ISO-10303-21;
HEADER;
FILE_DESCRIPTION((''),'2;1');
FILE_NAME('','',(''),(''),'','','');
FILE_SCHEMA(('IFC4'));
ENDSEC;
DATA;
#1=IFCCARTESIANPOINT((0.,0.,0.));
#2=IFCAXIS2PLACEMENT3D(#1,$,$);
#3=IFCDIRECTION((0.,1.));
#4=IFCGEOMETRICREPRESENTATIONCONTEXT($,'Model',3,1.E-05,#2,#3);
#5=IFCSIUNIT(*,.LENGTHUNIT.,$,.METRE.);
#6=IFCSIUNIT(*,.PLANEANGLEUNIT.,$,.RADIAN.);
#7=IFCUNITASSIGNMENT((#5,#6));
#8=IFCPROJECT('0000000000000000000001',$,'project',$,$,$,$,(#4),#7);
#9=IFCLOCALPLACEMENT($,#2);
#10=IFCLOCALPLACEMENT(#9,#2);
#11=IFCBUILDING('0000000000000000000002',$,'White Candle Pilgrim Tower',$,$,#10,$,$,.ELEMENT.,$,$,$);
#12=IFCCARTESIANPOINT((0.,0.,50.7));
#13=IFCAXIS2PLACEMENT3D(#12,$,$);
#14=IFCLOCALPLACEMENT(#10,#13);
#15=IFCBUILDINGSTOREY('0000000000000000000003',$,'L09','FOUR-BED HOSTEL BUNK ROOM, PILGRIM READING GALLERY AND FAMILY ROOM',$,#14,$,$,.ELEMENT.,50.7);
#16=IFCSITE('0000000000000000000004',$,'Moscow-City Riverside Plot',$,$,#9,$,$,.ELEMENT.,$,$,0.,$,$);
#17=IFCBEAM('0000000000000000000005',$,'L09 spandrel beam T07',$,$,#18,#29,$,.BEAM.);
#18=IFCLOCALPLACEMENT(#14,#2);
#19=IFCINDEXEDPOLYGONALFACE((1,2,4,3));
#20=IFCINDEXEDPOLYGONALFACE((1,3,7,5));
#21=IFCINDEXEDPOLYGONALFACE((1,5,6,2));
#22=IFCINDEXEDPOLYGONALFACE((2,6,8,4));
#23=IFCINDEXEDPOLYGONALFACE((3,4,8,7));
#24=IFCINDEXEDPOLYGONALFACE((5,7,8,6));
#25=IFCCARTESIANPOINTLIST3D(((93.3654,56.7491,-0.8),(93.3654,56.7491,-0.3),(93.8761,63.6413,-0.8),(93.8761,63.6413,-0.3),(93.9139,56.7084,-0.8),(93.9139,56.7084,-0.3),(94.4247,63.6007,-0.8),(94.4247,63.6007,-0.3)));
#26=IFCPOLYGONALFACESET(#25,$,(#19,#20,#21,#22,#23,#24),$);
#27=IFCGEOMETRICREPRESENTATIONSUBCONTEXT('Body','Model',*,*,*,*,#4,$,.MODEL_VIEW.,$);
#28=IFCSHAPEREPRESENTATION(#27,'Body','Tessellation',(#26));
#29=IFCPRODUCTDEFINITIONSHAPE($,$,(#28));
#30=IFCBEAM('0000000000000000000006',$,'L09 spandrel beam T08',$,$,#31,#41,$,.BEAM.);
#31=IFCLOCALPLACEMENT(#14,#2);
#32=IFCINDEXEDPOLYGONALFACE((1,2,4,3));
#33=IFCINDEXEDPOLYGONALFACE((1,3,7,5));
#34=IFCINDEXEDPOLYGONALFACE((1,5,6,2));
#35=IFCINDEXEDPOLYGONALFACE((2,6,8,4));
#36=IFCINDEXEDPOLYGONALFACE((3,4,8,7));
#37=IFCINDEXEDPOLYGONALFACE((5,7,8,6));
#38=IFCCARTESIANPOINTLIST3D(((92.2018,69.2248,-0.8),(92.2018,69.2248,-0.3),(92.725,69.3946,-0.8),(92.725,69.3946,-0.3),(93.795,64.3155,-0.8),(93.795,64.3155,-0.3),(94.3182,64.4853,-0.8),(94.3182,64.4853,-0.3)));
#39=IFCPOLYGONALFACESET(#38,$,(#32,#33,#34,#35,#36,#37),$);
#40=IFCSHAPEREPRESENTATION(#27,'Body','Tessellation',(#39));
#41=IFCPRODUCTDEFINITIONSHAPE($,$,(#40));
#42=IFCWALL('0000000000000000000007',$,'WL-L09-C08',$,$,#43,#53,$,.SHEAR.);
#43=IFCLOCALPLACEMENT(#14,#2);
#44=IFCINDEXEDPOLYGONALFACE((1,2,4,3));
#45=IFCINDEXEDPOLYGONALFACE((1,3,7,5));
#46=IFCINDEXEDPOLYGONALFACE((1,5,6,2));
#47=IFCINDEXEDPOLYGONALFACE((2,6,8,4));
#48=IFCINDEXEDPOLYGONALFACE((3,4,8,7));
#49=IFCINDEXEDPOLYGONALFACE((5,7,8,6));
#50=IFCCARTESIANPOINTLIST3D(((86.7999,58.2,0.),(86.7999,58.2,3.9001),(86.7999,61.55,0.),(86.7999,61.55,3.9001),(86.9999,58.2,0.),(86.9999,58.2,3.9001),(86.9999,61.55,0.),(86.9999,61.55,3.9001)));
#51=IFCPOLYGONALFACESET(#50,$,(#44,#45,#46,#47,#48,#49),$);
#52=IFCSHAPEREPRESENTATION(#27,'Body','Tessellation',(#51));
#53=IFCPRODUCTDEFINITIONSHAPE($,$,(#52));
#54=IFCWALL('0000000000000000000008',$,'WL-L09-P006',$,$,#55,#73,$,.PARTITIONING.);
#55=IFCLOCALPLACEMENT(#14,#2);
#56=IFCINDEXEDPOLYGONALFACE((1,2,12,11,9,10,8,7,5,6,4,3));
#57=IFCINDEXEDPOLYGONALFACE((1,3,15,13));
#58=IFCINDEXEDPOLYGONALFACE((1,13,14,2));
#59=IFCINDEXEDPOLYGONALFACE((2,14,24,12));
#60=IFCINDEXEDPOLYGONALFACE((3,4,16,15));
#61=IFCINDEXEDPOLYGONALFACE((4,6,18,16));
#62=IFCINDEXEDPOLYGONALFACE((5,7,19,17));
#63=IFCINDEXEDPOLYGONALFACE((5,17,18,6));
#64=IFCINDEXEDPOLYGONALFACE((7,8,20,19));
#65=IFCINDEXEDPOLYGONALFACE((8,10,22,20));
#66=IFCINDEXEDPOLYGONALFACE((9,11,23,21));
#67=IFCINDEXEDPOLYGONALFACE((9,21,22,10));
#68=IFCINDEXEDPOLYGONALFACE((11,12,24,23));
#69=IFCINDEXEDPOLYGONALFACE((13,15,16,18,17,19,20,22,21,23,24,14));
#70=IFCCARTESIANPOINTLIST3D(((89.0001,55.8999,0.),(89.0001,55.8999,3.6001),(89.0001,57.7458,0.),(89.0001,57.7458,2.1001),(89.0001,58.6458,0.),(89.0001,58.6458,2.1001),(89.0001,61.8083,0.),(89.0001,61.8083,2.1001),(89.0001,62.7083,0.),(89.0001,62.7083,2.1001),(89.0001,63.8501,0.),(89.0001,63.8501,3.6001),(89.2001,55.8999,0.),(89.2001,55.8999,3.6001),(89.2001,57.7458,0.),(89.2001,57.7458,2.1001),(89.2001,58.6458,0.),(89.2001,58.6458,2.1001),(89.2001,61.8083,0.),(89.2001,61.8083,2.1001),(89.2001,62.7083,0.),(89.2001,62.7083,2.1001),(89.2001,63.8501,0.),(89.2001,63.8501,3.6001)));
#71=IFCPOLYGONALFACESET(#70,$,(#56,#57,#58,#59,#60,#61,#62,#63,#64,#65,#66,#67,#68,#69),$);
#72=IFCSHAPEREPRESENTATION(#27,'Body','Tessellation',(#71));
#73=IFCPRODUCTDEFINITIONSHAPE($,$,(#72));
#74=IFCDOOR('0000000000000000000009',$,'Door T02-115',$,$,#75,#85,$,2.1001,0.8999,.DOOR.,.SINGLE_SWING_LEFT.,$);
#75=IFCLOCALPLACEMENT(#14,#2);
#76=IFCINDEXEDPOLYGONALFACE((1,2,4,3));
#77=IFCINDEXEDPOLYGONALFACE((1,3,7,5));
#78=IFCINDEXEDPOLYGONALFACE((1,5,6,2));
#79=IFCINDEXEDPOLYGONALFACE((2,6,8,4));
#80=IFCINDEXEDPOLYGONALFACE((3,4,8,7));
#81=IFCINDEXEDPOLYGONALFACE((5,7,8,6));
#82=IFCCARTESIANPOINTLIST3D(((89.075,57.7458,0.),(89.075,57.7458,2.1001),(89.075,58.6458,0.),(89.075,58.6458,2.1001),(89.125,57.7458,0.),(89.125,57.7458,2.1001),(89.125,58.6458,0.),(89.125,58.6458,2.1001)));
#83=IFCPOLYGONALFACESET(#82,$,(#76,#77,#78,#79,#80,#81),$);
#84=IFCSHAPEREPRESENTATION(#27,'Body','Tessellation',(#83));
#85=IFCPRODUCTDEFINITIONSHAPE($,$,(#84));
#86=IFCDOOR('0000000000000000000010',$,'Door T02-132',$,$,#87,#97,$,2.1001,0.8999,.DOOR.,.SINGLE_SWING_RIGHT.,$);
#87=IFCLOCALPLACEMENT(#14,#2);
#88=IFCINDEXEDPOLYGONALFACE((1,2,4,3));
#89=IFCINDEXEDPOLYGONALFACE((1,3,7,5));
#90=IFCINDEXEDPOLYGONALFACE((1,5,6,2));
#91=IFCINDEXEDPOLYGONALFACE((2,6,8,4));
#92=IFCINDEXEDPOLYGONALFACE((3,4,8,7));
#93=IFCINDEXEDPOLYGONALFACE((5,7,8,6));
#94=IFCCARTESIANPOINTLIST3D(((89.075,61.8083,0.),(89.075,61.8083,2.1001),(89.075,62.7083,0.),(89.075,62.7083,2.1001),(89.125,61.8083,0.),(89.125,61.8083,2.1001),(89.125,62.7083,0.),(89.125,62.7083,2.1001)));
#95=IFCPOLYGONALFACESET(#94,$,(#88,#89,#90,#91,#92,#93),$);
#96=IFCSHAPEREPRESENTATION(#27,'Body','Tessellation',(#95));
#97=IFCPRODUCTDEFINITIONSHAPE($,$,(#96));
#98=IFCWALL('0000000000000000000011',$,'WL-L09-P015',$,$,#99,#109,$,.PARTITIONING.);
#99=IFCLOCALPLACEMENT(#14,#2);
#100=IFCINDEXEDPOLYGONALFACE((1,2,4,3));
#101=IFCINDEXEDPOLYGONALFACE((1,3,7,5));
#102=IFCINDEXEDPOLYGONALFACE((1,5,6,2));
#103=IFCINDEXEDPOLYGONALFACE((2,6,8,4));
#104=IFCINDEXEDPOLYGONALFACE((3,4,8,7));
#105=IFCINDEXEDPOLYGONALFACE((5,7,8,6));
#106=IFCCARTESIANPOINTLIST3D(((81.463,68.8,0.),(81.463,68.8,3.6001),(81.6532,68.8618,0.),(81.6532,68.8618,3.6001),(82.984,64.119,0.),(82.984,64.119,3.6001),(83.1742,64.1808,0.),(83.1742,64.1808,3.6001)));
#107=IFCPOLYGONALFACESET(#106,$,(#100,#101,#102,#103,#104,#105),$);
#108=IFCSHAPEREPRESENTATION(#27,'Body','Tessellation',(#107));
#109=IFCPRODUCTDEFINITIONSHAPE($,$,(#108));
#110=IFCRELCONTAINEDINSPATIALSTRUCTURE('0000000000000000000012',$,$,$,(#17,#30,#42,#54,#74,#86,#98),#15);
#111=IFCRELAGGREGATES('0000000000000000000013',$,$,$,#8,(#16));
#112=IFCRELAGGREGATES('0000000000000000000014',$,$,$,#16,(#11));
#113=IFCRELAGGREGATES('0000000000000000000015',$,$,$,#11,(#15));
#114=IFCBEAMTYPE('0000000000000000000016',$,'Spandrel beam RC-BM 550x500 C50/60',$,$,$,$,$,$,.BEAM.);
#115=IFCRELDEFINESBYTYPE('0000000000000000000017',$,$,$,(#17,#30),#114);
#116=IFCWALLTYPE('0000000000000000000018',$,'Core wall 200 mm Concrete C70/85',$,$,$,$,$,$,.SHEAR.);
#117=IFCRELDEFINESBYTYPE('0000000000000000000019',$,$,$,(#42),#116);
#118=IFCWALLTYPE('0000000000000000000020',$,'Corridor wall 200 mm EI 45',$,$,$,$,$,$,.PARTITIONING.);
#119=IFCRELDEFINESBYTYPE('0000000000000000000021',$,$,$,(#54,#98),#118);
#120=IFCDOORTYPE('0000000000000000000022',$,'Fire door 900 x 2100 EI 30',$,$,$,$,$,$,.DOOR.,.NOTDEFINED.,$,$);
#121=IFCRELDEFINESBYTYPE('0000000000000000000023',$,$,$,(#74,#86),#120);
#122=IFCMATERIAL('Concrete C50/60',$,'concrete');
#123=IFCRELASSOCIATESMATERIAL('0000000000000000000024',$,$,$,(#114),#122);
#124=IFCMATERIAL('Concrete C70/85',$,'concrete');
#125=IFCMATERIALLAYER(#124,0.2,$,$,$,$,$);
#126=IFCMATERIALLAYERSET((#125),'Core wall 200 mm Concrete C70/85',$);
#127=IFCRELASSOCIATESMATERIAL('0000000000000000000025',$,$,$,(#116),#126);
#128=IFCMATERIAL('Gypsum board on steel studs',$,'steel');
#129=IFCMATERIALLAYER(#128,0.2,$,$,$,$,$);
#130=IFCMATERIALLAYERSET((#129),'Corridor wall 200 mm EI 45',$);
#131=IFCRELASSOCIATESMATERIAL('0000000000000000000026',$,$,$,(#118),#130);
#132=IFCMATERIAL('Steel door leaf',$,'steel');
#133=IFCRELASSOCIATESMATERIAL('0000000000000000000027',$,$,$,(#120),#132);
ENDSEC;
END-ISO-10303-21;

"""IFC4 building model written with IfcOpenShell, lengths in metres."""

from ifc_helpers import new_model, si_unit, direction, frame, frame_2d, origin, origin_2d, place, context, subcontext, project, spatial, rectangle, extrude, material, layer, layer_set, material_profile, profile_set, type_object, element, fill, save


model = new_model("IFC4")

# Units and contexts
model_context = context("Model", 3, precision=1e-05, world=origin(), true_north=direction((0.0, 1.0)))
body_context = subcontext(model_context, "Body", "Model", "MODEL_VIEW")
ifc_project = project(units=[si_unit("LENGTHUNIT", "METRE"), si_unit("PLANEANGLEUNIT", "RADIAN")], contexts=[model_context])

# Site, building, storey
site_placement = place(None, origin())
site = spatial("IfcSite", under=ifc_project, at=site_placement, Name="Moscow-City Riverside Plot", CompositionType="ELEMENT", RefElevation=0.0)
building_placement = place(site_placement, origin())
building = spatial("IfcBuilding", under=site, at=building_placement, Name="White Candle Pilgrim Tower", CompositionType="ELEMENT")
storey_placement = place(building_placement, frame((0.0, 0.0, 50.7)))
storey = spatial("IfcBuildingStorey", under=building, at=storey_placement, Name="L09", Description="FOUR-BED HOSTEL BUNK ROOM, PILGRIM READING GALLERY AND FAMILY ROOM", CompositionType="ELEMENT", Elevation=50.7)

# Beams
ifc_material_1 = material(Name="Concrete C50/60", Category="concrete")
ifc_material_profile_1 = material_profile(ifc_material_1, rectangle(XDim=0.55, YDim=0.5, at=origin_2d()), Name="RC-BM 550x500")
ifc_profile_set_1 = profile_set([ifc_material_profile_1], Name="Concrete C50/60")
beam_type_1 = type_object("IfcBeamType", Name="Spandrel beam RC-BM 550x500 C50/60", PredefinedType="BEAM", material=ifc_profile_set_1)
beam_1_placement = place(storey_placement, frame((93.6396, 56.7288, -0.55), z_axis=(0.0739, 0.997266, 0.0), x_axis=(-0.997266, 0.0739, 0.0)))
element("IfcBeam", 1, at=beam_1_placement, inside=storey, type_object=beam_type_1, Name="L09 spandrel beam T07", PredefinedType="BEAM", context=body_context, shape_type="SweptSolid", body=[
    extrude(rectangle(XDim=0.55, YDim=0.5, at=origin_2d()), origin(), (0.0, 0.0, 1.0), 6.9111),
])
beam_2_placement = place(storey_placement, frame((94.0566, 64.4004, -0.55), z_axis=(-0.308683, 0.951165, 0.0), x_axis=(-0.951165, -0.308683, 0.0)))
element("IfcBeam", 2, at=beam_2_placement, inside=storey, type_object=beam_type_1, Name="L09 spandrel beam T08", PredefinedType="BEAM", context=body_context, shape_type="SweptSolid", body=[
    extrude(rectangle(XDim=0.55, YDim=0.5, at=origin_2d()), origin(), (0.0, 0.0, 1.0), 5.1614),
])

# Wall
ifc_material_2 = material(Name="Concrete C70/85", Category="concrete")
ifc_layer_1 = layer(ifc_material_2, 0.2)
ifc_layer_set_1 = layer_set([ifc_layer_1], Name="Core wall 200 mm Concrete C70/85")
wall_type_1 = type_object("IfcWallType", Name="Core wall 200 mm Concrete C70/85", PredefinedType="SHEAR", material=ifc_layer_set_1)
wall_1_placement = place(storey_placement, frame((86.8999, 58.2, 0.0), z_axis=(0.0, 0.0, 1.0), x_axis=(0.0, 1.0, 0.0)))
element("IfcWall", 3, at=wall_1_placement, inside=storey, type_object=wall_type_1, Name="WL-L09-C08", PredefinedType="SHEAR", context=body_context, shape_type="SweptSolid", body=[
    extrude(rectangle(XDim=3.3501, YDim=0.2, at=frame_2d((1.675, 0.0))), origin(), (0.0, 0.0, 1.0), 3.9001),
])

# Wall, openings, doors
ifc_material_3 = material(Name="Gypsum board on steel studs", Category="steel")
ifc_layer_2 = layer(ifc_material_3, 0.2)
ifc_layer_set_2 = layer_set([ifc_layer_2], Name="Corridor wall 200 mm EI 45")
wall_type_2 = type_object("IfcWallType", Name="Corridor wall 200 mm EI 45", PredefinedType="PARTITIONING", material=ifc_layer_set_2)
wall_2_placement = place(storey_placement, frame((89.1001, 63.8501, 0.0), z_axis=(0.0, 0.0, 1.0), x_axis=(0.0, -1.0, 0.0)))
wall_2 = element("IfcWall", 4, at=wall_2_placement, inside=storey, type_object=wall_type_2, Name="WL-L09-P006", PredefinedType="PARTITIONING", context=body_context, shape_type="SweptSolid", body=[
    extrude(rectangle(XDim=7.9502, YDim=0.2, at=frame_2d((3.9751, 0.0))), origin(), (0.0, 0.0, 1.0), 3.6001),
])
opening_1_placement = place(wall_2_placement, frame((5.2043, 0.0, 0.0)))
opening_1 = element("IfcOpeningElement", 5, at=opening_1_placement, cuts=wall_2, PredefinedType="OPENING", context=body_context, shape_type="SweptSolid", body=[
    extrude(rectangle(XDim=0.8999, YDim=2.1001, at=frame_2d((0.45, 1.05))), frame((0.0, 0.1099, 0.0), z_axis=(0.0, -1.0, 0.0), x_axis=(1.0, 0.0, 0.0)), (0.0, 0.0, 1.0), 0.22),
])
opening_2_placement = place(wall_2_placement, frame((1.1418, 0.0, 0.0)))
opening_2 = element("IfcOpeningElement", 6, at=opening_2_placement, cuts=wall_2, PredefinedType="OPENING", context=body_context, shape_type="SweptSolid", body=[
    extrude(rectangle(XDim=0.8999, YDim=2.1001, at=frame_2d((0.45, 1.05))), frame((0.0, 0.1099, 0.0), z_axis=(0.0, -1.0, 0.0), x_axis=(1.0, 0.0, 0.0)), (0.0, 0.0, 1.0), 0.22),
])
ifc_material_4 = material(Name="Steel door leaf", Category="steel")
door_type_1 = type_object("IfcDoorType", Name="Fire door 900 x 2100 EI 30", OperationType="NOTDEFINED", PredefinedType="DOOR", material=ifc_material_4)
door_1_placement = place(opening_1_placement, origin())
door_1 = element("IfcDoor", 7, at=door_1_placement, inside=storey, type_object=door_type_1, Name="Door T02-115", OperationType="SINGLE_SWING_LEFT", OverallHeight=2.1001, OverallWidth=0.8999, PredefinedType="DOOR", context=body_context, shape_type="SweptSolid", body=[
    extrude(rectangle(XDim=0.8999, YDim=2.1001, at=frame_2d((0.45, 1.05))), frame((0.0, 0.0249, 0.0), z_axis=(0.0, -1.0, 0.0), x_axis=(1.0, 0.0, 0.0)), (0.0, 0.0, 1.0), 0.05),
])
fill(opening_1, door_1)
door_2_placement = place(opening_2_placement, origin())
door_2 = element("IfcDoor", 8, at=door_2_placement, inside=storey, type_object=door_type_1, Name="Door T02-132", OperationType="SINGLE_SWING_RIGHT", OverallHeight=2.1001, OverallWidth=0.8999, PredefinedType="DOOR", context=body_context, shape_type="SweptSolid", body=[
    extrude(rectangle(XDim=0.8999, YDim=2.1001, at=frame_2d((0.45, 1.05))), frame((0.0, 0.0249, 0.0), z_axis=(0.0, -1.0, 0.0), x_axis=(1.0, 0.0, 0.0)), (0.0, 0.0, 1.0), 0.05),
])
fill(opening_2, door_2)

# Wall
wall_3_placement = place(storey_placement, frame((83.0791, 64.1499, 0.0), z_axis=(0.0, 0.0, 1.0), x_axis=(-0.309031, 0.951052, 0.0)))
element("IfcWall", 9, at=wall_3_placement, inside=storey, type_object=wall_type_2, Name="WL-L09-P015", PredefinedType="PARTITIONING", context=body_context, shape_type="SweptSolid", body=[
    extrude(rectangle(XDim=4.9219, YDim=0.2, at=frame_2d((2.4609, 0.0))), origin(), (0.0, 0.0, 1.0), 3.6001),
])

save(model, "model.ifc")
